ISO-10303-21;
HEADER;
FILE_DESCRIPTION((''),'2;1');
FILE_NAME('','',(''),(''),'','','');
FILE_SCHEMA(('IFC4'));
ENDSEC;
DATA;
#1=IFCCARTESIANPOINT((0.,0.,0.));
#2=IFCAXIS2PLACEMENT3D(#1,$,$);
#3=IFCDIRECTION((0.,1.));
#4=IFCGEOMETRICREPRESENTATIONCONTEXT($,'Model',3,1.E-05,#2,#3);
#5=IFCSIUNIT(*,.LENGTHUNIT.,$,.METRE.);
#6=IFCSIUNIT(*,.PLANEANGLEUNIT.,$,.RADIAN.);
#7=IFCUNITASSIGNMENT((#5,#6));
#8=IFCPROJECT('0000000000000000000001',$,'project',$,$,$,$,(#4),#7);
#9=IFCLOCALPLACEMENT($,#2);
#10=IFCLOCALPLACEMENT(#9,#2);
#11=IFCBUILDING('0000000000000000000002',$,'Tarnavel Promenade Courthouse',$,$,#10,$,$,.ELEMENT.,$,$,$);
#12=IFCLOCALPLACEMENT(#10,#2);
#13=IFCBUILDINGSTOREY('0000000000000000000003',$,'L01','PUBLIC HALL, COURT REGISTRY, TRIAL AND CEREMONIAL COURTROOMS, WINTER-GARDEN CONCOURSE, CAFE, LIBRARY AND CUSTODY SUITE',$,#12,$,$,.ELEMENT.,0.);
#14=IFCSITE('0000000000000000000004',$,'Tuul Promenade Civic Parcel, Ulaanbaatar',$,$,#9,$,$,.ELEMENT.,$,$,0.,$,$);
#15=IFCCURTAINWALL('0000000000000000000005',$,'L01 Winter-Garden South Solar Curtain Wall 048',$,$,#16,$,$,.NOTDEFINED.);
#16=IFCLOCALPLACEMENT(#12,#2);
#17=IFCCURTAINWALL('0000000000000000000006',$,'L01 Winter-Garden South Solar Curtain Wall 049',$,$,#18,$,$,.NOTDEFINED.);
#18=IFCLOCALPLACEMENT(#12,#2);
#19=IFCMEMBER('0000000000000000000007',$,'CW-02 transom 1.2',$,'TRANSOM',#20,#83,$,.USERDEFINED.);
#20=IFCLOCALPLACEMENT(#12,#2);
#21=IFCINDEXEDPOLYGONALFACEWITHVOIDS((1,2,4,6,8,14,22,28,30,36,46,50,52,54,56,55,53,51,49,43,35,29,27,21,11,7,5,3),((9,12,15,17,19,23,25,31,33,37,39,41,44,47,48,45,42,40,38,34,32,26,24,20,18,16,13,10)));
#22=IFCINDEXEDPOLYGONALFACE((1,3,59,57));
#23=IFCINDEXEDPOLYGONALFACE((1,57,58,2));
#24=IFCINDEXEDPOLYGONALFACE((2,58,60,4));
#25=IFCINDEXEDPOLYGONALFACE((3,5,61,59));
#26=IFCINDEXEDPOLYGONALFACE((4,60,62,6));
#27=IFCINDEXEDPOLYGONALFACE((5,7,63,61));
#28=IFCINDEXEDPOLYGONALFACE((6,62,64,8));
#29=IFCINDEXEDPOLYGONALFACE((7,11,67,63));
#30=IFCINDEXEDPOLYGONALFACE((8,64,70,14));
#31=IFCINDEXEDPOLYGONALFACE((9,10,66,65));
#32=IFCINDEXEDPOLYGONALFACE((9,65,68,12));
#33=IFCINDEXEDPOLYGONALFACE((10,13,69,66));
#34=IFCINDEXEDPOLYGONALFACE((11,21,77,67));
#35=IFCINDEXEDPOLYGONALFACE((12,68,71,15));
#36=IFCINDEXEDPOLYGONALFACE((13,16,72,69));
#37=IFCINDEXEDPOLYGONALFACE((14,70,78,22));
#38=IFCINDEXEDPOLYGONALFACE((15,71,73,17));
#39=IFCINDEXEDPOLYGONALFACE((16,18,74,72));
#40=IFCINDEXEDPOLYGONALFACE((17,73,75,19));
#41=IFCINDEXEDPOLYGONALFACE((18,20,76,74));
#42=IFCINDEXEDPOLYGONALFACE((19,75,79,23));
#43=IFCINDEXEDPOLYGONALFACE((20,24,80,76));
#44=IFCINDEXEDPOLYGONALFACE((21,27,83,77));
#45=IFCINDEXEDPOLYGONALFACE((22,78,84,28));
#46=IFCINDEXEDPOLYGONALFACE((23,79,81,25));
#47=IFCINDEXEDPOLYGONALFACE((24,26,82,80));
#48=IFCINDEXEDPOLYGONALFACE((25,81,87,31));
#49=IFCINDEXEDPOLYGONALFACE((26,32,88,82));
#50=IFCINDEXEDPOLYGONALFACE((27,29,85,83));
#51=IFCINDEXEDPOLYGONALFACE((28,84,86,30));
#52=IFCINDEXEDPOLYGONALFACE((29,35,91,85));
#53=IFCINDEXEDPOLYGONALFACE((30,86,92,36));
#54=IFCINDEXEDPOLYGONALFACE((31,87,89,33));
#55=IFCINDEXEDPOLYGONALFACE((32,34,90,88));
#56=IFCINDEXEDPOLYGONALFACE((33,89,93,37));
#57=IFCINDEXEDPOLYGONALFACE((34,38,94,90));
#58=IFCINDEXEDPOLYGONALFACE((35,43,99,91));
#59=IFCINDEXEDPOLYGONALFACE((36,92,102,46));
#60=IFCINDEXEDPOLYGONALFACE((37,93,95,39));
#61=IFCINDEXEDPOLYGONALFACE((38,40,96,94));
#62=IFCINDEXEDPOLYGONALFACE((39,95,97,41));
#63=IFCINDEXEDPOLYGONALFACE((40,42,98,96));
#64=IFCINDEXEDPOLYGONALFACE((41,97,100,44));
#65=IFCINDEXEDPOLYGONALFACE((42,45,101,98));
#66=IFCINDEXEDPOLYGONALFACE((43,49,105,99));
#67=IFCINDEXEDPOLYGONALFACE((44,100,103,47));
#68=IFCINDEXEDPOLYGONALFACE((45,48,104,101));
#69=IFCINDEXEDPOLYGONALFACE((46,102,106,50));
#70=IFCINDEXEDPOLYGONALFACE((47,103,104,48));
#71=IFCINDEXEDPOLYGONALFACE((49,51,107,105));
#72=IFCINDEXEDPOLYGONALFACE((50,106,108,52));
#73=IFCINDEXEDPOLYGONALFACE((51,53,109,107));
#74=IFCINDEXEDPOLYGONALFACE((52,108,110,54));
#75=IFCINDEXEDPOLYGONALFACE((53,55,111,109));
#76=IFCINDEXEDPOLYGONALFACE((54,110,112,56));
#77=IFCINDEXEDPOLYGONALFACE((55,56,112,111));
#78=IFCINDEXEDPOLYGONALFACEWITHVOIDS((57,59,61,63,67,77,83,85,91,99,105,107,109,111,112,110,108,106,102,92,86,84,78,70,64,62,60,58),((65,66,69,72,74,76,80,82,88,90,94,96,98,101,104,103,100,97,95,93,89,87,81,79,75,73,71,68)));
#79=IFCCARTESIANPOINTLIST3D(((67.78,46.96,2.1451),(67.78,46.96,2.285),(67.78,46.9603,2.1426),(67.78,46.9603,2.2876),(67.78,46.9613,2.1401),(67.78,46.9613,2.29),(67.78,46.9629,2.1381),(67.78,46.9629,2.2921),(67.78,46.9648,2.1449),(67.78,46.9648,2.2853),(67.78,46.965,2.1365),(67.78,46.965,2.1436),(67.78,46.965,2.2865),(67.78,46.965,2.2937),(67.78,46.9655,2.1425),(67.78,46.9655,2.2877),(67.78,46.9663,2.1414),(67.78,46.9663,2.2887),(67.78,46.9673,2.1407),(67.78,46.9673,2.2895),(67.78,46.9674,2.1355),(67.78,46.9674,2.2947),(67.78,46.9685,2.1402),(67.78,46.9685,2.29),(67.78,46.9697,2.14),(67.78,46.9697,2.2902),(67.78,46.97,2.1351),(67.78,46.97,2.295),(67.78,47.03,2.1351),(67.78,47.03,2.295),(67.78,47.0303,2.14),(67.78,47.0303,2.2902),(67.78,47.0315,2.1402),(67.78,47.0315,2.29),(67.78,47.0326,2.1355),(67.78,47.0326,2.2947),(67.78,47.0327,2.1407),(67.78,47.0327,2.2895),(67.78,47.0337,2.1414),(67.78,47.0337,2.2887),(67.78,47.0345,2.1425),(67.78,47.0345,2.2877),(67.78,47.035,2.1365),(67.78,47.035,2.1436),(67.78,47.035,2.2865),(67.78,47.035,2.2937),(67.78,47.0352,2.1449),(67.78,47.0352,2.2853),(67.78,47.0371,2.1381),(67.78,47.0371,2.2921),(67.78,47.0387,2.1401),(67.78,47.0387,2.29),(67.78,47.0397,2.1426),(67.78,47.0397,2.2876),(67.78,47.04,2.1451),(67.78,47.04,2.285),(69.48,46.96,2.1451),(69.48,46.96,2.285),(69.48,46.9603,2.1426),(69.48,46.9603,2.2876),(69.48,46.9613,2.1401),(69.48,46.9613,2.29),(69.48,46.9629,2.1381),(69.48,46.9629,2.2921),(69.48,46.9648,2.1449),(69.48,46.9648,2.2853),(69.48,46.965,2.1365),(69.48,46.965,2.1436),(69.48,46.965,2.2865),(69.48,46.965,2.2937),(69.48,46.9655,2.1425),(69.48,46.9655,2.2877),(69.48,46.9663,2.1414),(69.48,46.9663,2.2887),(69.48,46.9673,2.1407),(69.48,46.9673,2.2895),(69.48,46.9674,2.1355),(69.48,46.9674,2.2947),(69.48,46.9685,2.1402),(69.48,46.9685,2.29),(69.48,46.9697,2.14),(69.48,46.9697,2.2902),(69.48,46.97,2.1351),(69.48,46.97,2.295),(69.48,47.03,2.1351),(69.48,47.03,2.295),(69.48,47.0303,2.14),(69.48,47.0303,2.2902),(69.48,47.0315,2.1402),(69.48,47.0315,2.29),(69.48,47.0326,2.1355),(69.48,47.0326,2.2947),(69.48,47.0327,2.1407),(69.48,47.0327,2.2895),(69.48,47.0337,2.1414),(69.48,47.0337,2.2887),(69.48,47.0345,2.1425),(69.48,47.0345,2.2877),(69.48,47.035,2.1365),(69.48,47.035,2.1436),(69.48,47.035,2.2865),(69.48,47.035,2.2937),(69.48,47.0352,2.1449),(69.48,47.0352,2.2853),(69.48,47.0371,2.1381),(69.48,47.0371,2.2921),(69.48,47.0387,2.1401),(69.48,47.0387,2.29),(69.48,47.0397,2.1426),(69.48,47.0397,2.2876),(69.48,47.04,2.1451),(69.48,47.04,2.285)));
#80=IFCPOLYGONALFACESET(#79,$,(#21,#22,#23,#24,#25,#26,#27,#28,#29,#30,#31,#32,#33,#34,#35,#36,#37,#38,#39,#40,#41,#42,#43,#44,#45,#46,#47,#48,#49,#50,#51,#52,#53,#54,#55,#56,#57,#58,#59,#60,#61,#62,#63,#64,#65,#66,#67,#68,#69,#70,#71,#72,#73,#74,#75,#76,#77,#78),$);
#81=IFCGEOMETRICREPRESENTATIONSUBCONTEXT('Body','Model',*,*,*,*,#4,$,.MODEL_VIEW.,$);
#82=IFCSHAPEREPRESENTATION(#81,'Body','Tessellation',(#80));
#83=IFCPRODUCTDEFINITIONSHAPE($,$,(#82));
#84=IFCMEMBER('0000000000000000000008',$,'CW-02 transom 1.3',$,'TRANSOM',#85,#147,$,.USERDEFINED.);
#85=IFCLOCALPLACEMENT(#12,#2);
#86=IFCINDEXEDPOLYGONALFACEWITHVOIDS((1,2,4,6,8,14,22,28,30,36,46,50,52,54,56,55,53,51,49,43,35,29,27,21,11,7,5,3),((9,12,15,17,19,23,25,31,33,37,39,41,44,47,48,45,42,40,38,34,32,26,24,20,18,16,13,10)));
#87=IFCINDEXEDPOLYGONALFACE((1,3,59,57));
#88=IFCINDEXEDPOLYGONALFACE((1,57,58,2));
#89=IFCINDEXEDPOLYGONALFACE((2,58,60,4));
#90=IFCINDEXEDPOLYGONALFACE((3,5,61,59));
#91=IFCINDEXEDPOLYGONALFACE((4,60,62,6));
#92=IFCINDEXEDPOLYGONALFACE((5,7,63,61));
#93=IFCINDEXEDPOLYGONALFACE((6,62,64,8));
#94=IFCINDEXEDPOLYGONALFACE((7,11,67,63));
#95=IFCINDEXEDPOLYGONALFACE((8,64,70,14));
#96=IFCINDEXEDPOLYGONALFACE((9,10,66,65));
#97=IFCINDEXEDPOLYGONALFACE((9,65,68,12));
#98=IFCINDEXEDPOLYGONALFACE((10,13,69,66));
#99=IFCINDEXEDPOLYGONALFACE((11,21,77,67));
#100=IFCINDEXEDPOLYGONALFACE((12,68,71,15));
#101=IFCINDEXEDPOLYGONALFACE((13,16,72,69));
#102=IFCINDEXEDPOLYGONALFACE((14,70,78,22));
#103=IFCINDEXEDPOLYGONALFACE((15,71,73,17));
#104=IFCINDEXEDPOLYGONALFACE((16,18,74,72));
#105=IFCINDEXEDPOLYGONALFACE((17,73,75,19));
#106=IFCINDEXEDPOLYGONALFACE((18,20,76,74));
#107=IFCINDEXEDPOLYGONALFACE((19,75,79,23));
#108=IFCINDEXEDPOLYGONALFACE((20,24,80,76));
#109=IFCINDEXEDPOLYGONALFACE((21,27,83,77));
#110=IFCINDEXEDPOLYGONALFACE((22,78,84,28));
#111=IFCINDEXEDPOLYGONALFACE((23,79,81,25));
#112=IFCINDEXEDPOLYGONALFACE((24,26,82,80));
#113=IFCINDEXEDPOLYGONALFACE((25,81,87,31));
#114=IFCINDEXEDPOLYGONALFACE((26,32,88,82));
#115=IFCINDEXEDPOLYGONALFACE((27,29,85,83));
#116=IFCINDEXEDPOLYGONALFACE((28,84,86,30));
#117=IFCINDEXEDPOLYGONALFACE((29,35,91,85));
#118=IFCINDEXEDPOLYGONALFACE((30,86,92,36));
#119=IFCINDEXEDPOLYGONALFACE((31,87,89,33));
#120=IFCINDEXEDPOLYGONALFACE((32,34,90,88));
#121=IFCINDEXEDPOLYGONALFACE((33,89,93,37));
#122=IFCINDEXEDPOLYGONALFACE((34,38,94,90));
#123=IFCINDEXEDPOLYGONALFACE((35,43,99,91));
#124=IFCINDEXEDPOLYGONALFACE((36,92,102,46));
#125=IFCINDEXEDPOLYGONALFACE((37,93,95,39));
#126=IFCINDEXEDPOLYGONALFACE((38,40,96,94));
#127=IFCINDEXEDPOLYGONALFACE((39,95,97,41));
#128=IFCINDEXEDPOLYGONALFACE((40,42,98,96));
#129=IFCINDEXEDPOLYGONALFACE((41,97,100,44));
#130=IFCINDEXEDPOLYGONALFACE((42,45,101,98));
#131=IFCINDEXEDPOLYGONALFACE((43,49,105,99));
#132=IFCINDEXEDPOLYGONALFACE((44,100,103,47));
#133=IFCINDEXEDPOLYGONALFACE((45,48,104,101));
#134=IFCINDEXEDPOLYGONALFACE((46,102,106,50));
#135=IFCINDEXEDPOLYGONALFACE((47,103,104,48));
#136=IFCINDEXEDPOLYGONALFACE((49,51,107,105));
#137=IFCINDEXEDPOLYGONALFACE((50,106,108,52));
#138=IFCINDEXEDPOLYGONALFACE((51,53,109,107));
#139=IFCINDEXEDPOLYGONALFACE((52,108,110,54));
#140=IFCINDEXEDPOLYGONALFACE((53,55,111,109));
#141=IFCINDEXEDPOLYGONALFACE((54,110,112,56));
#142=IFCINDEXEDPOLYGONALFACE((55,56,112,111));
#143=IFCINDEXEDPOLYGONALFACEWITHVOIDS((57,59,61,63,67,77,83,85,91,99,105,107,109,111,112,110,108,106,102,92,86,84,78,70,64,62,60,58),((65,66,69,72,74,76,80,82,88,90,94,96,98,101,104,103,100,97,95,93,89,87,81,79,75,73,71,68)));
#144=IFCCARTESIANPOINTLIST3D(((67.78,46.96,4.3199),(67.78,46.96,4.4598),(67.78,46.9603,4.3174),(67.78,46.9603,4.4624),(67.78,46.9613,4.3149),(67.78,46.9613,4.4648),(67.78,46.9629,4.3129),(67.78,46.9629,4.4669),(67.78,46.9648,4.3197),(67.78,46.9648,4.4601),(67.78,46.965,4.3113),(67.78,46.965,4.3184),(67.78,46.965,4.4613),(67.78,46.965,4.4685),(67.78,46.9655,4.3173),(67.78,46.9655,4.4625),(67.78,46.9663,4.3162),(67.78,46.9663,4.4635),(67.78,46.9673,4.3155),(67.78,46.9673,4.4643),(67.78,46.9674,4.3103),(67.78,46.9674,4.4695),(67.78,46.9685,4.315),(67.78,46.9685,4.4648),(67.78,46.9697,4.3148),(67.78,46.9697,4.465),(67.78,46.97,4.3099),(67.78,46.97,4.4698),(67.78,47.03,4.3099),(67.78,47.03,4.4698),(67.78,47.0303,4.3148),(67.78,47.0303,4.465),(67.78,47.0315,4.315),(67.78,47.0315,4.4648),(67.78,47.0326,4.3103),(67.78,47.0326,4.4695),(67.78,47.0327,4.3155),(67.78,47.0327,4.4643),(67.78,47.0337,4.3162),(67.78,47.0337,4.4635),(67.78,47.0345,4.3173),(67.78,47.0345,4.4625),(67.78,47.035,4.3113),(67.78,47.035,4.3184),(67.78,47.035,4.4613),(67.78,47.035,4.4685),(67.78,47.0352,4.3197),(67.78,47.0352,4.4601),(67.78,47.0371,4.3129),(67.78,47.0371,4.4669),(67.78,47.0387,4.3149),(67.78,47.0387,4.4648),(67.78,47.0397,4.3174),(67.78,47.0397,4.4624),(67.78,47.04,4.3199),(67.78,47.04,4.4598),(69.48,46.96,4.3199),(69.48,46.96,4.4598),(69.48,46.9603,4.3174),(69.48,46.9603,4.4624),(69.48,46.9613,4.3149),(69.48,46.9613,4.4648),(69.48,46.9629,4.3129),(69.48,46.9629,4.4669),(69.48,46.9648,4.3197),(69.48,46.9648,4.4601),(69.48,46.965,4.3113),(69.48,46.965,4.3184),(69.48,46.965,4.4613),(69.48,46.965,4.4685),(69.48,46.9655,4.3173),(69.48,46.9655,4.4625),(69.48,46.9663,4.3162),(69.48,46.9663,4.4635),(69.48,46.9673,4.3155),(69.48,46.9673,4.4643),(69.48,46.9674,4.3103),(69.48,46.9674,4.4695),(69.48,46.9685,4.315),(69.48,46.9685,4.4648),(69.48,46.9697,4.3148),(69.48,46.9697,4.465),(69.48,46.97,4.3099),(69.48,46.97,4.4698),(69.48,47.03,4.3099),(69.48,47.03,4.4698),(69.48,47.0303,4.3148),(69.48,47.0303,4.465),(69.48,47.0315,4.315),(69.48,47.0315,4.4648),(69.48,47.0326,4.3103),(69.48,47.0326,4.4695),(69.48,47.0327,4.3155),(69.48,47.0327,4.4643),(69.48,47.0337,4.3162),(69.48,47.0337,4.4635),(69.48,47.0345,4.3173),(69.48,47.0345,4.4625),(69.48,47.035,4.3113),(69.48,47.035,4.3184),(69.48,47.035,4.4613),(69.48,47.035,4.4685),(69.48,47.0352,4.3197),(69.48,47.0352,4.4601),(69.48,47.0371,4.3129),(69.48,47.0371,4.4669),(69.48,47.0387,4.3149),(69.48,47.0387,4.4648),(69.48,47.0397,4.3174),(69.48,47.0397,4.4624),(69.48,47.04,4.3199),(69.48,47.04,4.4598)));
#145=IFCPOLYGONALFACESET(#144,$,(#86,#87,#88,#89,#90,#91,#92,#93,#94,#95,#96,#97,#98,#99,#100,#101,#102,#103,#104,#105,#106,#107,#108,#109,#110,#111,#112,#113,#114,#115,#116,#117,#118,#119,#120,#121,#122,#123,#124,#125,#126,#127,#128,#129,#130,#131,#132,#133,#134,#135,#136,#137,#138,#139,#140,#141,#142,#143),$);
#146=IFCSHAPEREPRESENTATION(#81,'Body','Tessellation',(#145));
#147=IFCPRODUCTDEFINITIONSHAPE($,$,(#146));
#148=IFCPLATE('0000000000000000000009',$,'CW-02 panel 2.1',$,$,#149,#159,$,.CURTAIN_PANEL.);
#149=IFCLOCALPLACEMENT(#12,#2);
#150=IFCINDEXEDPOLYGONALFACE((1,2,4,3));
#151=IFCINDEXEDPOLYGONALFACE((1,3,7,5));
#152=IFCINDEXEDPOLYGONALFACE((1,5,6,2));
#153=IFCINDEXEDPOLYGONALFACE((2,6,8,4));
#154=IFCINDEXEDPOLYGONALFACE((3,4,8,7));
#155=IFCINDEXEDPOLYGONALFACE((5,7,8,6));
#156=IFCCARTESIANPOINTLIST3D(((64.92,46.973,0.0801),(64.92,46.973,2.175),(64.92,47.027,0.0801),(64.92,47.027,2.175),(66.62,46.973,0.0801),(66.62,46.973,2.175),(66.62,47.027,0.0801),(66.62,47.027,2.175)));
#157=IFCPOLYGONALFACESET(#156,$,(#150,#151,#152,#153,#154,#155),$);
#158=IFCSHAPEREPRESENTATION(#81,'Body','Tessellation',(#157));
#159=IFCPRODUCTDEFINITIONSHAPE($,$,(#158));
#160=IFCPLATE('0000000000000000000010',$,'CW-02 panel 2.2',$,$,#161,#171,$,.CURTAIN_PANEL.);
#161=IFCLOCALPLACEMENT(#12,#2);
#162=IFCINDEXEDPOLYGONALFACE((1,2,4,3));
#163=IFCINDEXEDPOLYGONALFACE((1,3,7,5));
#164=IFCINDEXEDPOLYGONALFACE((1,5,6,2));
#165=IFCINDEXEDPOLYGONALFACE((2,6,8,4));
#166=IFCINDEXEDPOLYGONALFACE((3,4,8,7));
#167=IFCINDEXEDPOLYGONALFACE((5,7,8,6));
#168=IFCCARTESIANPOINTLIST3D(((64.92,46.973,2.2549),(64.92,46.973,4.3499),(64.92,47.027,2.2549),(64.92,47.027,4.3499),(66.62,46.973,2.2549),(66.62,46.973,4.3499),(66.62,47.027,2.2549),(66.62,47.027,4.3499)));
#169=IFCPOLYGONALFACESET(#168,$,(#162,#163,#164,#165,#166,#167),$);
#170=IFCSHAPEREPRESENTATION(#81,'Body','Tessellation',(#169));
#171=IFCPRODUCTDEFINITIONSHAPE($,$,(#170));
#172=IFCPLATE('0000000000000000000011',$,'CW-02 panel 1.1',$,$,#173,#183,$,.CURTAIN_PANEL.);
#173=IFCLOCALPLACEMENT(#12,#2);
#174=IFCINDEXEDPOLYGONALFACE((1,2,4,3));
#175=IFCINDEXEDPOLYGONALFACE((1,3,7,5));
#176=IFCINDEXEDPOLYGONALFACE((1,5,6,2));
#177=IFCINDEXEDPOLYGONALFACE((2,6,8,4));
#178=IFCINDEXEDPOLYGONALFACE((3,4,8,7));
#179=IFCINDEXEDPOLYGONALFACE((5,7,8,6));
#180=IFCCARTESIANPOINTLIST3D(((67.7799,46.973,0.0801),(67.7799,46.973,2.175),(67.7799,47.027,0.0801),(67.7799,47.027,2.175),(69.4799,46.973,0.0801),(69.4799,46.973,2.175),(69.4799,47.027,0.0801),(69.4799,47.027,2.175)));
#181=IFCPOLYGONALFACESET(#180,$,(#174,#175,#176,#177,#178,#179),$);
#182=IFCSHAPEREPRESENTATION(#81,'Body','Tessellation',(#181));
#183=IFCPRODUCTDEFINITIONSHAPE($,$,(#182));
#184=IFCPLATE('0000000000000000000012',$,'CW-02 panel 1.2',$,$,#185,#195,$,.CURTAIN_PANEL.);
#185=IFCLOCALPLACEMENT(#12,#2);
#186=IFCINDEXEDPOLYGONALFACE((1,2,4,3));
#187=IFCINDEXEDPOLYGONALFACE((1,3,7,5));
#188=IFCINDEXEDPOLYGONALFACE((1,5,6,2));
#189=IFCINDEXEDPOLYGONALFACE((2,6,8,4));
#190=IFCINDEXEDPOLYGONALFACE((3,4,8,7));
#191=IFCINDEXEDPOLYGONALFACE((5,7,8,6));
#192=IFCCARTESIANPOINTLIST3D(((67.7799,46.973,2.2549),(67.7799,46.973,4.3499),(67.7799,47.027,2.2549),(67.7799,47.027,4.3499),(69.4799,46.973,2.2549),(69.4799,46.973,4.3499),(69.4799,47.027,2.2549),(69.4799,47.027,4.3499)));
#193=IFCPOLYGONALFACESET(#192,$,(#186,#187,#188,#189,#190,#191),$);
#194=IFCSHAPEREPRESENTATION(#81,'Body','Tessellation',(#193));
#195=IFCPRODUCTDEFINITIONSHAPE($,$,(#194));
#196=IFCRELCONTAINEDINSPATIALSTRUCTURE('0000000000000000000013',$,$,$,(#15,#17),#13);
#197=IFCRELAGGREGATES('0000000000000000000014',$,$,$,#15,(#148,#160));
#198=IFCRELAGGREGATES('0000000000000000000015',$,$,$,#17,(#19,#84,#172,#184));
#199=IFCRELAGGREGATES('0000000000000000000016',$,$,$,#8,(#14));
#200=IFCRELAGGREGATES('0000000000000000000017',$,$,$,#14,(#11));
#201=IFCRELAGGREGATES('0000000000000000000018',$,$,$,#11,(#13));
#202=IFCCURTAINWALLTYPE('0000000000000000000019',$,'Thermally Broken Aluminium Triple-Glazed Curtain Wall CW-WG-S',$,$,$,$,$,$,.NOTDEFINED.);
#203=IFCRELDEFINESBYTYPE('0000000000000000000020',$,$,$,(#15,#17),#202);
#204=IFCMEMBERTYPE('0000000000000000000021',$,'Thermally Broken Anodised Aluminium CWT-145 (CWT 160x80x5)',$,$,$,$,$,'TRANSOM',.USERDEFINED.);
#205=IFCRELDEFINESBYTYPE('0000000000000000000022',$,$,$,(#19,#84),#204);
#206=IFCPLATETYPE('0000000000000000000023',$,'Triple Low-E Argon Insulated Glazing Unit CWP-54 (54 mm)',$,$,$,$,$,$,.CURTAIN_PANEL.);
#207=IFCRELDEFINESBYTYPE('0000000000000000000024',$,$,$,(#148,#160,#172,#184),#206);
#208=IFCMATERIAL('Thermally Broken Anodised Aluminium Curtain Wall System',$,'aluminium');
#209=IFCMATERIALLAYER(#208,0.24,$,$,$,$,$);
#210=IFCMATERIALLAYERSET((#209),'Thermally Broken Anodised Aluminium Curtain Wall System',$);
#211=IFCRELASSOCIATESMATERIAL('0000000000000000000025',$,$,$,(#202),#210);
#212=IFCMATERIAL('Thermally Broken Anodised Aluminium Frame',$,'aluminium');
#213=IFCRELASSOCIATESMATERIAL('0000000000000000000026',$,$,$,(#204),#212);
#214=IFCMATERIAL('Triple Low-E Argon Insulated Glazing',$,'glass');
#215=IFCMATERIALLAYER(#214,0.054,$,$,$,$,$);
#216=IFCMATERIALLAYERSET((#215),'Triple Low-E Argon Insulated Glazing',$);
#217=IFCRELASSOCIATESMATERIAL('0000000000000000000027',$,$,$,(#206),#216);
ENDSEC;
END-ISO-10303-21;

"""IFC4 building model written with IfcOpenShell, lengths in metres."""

from ifc_helpers import new_model, si_unit, direction, frame, origin, origin_2d, place, context, subcontext, project, spatial, rectangle, hollow_rectangle, extrude, material, layer, layer_set, material_profile, profile_set, type_object, element, aggregate, save


model = new_model("IFC4")

# Units and contexts
model_context = context("Model", 3, precision=1e-05, world=origin(), true_north=direction((0.0, 1.0)))
body_context = subcontext(model_context, "Body", "Model", "MODEL_VIEW")
ifc_project = project(units=[si_unit("LENGTHUNIT", "METRE"), si_unit("PLANEANGLEUNIT", "RADIAN")], contexts=[model_context])

# Site, building, storey
site_placement = place(None, origin())
site = spatial("IfcSite", under=ifc_project, at=site_placement, Name="Tuul Promenade Civic Parcel, Ulaanbaatar", CompositionType="ELEMENT", RefElevation=0.0)
building_placement = place(site_placement, origin())
building = spatial("IfcBuilding", under=site, at=building_placement, Name="Tarnavel Promenade Courthouse", CompositionType="ELEMENT")
storey_placement = place(building_placement, origin())
storey = spatial("IfcBuildingStorey", under=building, at=storey_placement, Name="L01", Description="PUBLIC HALL, COURT REGISTRY, TRIAL AND CEREMONIAL COURTROOMS, WINTER-GARDEN CONCOURSE, CAFE, LIBRARY AND CUSTODY SUITE", CompositionType="ELEMENT", Elevation=0.0)

# Curtain wall
ifc_material_1 = material(Name="Thermally Broken Anodised Aluminium Curtain Wall System", Category="aluminium")
ifc_layer_1 = layer(ifc_material_1, 0.24)
ifc_layer_set_1 = layer_set([ifc_layer_1], Name="Thermally Broken Anodised Aluminium Curtain Wall System")
curtain_wall_type = type_object("IfcCurtainWallType", Name="Thermally Broken Aluminium Triple-Glazed Curtain Wall CW-WG-S", PredefinedType="NOTDEFINED", material=ifc_layer_set_1)
curtain_wall_1_placement = place(storey_placement, origin())
curtain_wall_1 = element("IfcCurtainWall", 1, at=curtain_wall_1_placement, inside=storey, type_object=curtain_wall_type, Name="L01 Winter-Garden South Solar Curtain Wall 048", PredefinedType="NOTDEFINED")
ifc_material_2 = material(Name="Thermally Broken Anodised Aluminium Frame", Category="aluminium")

# Curtain wall, members
curtain_wall_2_placement = place(storey_placement, origin())
curtain_wall_2 = element("IfcCurtainWall", 2, at=curtain_wall_2_placement, inside=storey, type_object=curtain_wall_type, Name="L01 Winter-Garden South Solar Curtain Wall 049", PredefinedType="NOTDEFINED")
ifc_material_profile_1 = material_profile(ifc_material_2, hollow_rectangle(XDim=0.0801, YDim=0.1599, WallThickness=0.0049, InnerFilletRadius=0.0049, OuterFilletRadius=0.01, at=origin_2d()), Name="CWT 160x80x5")
ifc_profile_set_1 = profile_set([ifc_material_profile_1], Name="Thermally Broken Anodised Aluminium Frame")
member_type_1 = type_object("IfcMemberType", Name="Thermally Broken Anodised Aluminium CWT-145 (CWT 160x80x5)", ElementType="TRANSOM", PredefinedType="USERDEFINED", material=ifc_profile_set_1)
member_1_placement = place(storey_placement, frame((67.78, 47.0, 2.2151), z_axis=(1.0, 0.0, 0.0), x_axis=(0.0, 1.0, 0.0)))
member_1 = element("IfcMember", 3, at=member_1_placement, type_object=member_type_1, Name="CW-02 transom 1.2", ObjectType="TRANSOM", PredefinedType="USERDEFINED", context=body_context, shape_type="SweptSolid", body=[
    extrude(hollow_rectangle(XDim=0.0801, YDim=0.1599, WallThickness=0.0049, InnerFilletRadius=0.0049, OuterFilletRadius=0.01, at=origin_2d()), origin(), (0.0, 0.0, 1.0), 1.7),
])
member_2_placement = place(storey_placement, frame((67.78, 47.0, 4.3899), z_axis=(1.0, 0.0, 0.0), x_axis=(0.0, 1.0, 0.0)))
member_2 = element("IfcMember", 4, at=member_2_placement, type_object=member_type_1, Name="CW-02 transom 1.3", ObjectType="TRANSOM", PredefinedType="USERDEFINED", context=body_context, shape_type="SweptSolid", body=[
    extrude(hollow_rectangle(XDim=0.0801, YDim=0.1599, WallThickness=0.0049, InnerFilletRadius=0.0049, OuterFilletRadius=0.01, at=origin_2d()), origin(), (0.0, 0.0, 1.0), 1.7),
])

# Plates
ifc_material_3 = material(Name="Triple Low-E Argon Insulated Glazing", Category="glass")
ifc_layer_2 = layer(ifc_material_3, 0.054)
ifc_layer_set_2 = layer_set([ifc_layer_2], Name="Triple Low-E Argon Insulated Glazing")
plate_type = type_object("IfcPlateType", Name="Triple Low-E Argon Insulated Glazing Unit CWP-54 (54 mm)", PredefinedType="CURTAIN_PANEL", material=ifc_layer_set_2)
plate_1_placement = place(storey_placement, frame((65.77, 47.0, 0.0801), z_axis=(0.0, 0.0, 1.0), x_axis=(1.0, 0.0, 0.0)))
plate_1 = element("IfcPlate", 5, at=plate_1_placement, type_object=plate_type, Name="CW-02 panel 2.1", PredefinedType="CURTAIN_PANEL", context=body_context, shape_type="SweptSolid", body=[
    extrude(rectangle(XDim=1.7, YDim=0.054, at=origin_2d()), origin(), (0.0, 0.0, 1.0), 2.095),
])
plate_2_placement = place(storey_placement, frame((65.77, 47.0, 2.2549), z_axis=(0.0, 0.0, 1.0), x_axis=(1.0, 0.0, 0.0)))
plate_2 = element("IfcPlate", 6, at=plate_2_placement, type_object=plate_type, Name="CW-02 panel 2.2", PredefinedType="CURTAIN_PANEL", context=body_context, shape_type="SweptSolid", body=[
    extrude(rectangle(XDim=1.7, YDim=0.054, at=origin_2d()), origin(), (0.0, 0.0, 1.0), 2.095),
])
aggregate(curtain_wall_1, [plate_1, plate_2])
plate_3_placement = place(storey_placement, frame((68.6299, 47.0, 0.0801), z_axis=(0.0, 0.0, 1.0), x_axis=(1.0, 0.0, 0.0)))
plate_3 = element("IfcPlate", 7, at=plate_3_placement, type_object=plate_type, Name="CW-02 panel 1.1", PredefinedType="CURTAIN_PANEL", context=body_context, shape_type="SweptSolid", body=[
    extrude(rectangle(XDim=1.7, YDim=0.054, at=origin_2d()), origin(), (0.0, 0.0, 1.0), 2.095),
])
plate_4_placement = place(storey_placement, frame((68.6299, 47.0, 2.2549), z_axis=(0.0, 0.0, 1.0), x_axis=(1.0, 0.0, 0.0)))
plate_4 = element("IfcPlate", 8, at=plate_4_placement, type_object=plate_type, Name="CW-02 panel 1.2", PredefinedType="CURTAIN_PANEL", context=body_context, shape_type="SweptSolid", body=[
    extrude(rectangle(XDim=1.7, YDim=0.054, at=origin_2d()), origin(), (0.0, 0.0, 1.0), 2.095),
])
aggregate(curtain_wall_2, [member_1, member_2, plate_3, plate_4])

save(model, "model.ifc")
